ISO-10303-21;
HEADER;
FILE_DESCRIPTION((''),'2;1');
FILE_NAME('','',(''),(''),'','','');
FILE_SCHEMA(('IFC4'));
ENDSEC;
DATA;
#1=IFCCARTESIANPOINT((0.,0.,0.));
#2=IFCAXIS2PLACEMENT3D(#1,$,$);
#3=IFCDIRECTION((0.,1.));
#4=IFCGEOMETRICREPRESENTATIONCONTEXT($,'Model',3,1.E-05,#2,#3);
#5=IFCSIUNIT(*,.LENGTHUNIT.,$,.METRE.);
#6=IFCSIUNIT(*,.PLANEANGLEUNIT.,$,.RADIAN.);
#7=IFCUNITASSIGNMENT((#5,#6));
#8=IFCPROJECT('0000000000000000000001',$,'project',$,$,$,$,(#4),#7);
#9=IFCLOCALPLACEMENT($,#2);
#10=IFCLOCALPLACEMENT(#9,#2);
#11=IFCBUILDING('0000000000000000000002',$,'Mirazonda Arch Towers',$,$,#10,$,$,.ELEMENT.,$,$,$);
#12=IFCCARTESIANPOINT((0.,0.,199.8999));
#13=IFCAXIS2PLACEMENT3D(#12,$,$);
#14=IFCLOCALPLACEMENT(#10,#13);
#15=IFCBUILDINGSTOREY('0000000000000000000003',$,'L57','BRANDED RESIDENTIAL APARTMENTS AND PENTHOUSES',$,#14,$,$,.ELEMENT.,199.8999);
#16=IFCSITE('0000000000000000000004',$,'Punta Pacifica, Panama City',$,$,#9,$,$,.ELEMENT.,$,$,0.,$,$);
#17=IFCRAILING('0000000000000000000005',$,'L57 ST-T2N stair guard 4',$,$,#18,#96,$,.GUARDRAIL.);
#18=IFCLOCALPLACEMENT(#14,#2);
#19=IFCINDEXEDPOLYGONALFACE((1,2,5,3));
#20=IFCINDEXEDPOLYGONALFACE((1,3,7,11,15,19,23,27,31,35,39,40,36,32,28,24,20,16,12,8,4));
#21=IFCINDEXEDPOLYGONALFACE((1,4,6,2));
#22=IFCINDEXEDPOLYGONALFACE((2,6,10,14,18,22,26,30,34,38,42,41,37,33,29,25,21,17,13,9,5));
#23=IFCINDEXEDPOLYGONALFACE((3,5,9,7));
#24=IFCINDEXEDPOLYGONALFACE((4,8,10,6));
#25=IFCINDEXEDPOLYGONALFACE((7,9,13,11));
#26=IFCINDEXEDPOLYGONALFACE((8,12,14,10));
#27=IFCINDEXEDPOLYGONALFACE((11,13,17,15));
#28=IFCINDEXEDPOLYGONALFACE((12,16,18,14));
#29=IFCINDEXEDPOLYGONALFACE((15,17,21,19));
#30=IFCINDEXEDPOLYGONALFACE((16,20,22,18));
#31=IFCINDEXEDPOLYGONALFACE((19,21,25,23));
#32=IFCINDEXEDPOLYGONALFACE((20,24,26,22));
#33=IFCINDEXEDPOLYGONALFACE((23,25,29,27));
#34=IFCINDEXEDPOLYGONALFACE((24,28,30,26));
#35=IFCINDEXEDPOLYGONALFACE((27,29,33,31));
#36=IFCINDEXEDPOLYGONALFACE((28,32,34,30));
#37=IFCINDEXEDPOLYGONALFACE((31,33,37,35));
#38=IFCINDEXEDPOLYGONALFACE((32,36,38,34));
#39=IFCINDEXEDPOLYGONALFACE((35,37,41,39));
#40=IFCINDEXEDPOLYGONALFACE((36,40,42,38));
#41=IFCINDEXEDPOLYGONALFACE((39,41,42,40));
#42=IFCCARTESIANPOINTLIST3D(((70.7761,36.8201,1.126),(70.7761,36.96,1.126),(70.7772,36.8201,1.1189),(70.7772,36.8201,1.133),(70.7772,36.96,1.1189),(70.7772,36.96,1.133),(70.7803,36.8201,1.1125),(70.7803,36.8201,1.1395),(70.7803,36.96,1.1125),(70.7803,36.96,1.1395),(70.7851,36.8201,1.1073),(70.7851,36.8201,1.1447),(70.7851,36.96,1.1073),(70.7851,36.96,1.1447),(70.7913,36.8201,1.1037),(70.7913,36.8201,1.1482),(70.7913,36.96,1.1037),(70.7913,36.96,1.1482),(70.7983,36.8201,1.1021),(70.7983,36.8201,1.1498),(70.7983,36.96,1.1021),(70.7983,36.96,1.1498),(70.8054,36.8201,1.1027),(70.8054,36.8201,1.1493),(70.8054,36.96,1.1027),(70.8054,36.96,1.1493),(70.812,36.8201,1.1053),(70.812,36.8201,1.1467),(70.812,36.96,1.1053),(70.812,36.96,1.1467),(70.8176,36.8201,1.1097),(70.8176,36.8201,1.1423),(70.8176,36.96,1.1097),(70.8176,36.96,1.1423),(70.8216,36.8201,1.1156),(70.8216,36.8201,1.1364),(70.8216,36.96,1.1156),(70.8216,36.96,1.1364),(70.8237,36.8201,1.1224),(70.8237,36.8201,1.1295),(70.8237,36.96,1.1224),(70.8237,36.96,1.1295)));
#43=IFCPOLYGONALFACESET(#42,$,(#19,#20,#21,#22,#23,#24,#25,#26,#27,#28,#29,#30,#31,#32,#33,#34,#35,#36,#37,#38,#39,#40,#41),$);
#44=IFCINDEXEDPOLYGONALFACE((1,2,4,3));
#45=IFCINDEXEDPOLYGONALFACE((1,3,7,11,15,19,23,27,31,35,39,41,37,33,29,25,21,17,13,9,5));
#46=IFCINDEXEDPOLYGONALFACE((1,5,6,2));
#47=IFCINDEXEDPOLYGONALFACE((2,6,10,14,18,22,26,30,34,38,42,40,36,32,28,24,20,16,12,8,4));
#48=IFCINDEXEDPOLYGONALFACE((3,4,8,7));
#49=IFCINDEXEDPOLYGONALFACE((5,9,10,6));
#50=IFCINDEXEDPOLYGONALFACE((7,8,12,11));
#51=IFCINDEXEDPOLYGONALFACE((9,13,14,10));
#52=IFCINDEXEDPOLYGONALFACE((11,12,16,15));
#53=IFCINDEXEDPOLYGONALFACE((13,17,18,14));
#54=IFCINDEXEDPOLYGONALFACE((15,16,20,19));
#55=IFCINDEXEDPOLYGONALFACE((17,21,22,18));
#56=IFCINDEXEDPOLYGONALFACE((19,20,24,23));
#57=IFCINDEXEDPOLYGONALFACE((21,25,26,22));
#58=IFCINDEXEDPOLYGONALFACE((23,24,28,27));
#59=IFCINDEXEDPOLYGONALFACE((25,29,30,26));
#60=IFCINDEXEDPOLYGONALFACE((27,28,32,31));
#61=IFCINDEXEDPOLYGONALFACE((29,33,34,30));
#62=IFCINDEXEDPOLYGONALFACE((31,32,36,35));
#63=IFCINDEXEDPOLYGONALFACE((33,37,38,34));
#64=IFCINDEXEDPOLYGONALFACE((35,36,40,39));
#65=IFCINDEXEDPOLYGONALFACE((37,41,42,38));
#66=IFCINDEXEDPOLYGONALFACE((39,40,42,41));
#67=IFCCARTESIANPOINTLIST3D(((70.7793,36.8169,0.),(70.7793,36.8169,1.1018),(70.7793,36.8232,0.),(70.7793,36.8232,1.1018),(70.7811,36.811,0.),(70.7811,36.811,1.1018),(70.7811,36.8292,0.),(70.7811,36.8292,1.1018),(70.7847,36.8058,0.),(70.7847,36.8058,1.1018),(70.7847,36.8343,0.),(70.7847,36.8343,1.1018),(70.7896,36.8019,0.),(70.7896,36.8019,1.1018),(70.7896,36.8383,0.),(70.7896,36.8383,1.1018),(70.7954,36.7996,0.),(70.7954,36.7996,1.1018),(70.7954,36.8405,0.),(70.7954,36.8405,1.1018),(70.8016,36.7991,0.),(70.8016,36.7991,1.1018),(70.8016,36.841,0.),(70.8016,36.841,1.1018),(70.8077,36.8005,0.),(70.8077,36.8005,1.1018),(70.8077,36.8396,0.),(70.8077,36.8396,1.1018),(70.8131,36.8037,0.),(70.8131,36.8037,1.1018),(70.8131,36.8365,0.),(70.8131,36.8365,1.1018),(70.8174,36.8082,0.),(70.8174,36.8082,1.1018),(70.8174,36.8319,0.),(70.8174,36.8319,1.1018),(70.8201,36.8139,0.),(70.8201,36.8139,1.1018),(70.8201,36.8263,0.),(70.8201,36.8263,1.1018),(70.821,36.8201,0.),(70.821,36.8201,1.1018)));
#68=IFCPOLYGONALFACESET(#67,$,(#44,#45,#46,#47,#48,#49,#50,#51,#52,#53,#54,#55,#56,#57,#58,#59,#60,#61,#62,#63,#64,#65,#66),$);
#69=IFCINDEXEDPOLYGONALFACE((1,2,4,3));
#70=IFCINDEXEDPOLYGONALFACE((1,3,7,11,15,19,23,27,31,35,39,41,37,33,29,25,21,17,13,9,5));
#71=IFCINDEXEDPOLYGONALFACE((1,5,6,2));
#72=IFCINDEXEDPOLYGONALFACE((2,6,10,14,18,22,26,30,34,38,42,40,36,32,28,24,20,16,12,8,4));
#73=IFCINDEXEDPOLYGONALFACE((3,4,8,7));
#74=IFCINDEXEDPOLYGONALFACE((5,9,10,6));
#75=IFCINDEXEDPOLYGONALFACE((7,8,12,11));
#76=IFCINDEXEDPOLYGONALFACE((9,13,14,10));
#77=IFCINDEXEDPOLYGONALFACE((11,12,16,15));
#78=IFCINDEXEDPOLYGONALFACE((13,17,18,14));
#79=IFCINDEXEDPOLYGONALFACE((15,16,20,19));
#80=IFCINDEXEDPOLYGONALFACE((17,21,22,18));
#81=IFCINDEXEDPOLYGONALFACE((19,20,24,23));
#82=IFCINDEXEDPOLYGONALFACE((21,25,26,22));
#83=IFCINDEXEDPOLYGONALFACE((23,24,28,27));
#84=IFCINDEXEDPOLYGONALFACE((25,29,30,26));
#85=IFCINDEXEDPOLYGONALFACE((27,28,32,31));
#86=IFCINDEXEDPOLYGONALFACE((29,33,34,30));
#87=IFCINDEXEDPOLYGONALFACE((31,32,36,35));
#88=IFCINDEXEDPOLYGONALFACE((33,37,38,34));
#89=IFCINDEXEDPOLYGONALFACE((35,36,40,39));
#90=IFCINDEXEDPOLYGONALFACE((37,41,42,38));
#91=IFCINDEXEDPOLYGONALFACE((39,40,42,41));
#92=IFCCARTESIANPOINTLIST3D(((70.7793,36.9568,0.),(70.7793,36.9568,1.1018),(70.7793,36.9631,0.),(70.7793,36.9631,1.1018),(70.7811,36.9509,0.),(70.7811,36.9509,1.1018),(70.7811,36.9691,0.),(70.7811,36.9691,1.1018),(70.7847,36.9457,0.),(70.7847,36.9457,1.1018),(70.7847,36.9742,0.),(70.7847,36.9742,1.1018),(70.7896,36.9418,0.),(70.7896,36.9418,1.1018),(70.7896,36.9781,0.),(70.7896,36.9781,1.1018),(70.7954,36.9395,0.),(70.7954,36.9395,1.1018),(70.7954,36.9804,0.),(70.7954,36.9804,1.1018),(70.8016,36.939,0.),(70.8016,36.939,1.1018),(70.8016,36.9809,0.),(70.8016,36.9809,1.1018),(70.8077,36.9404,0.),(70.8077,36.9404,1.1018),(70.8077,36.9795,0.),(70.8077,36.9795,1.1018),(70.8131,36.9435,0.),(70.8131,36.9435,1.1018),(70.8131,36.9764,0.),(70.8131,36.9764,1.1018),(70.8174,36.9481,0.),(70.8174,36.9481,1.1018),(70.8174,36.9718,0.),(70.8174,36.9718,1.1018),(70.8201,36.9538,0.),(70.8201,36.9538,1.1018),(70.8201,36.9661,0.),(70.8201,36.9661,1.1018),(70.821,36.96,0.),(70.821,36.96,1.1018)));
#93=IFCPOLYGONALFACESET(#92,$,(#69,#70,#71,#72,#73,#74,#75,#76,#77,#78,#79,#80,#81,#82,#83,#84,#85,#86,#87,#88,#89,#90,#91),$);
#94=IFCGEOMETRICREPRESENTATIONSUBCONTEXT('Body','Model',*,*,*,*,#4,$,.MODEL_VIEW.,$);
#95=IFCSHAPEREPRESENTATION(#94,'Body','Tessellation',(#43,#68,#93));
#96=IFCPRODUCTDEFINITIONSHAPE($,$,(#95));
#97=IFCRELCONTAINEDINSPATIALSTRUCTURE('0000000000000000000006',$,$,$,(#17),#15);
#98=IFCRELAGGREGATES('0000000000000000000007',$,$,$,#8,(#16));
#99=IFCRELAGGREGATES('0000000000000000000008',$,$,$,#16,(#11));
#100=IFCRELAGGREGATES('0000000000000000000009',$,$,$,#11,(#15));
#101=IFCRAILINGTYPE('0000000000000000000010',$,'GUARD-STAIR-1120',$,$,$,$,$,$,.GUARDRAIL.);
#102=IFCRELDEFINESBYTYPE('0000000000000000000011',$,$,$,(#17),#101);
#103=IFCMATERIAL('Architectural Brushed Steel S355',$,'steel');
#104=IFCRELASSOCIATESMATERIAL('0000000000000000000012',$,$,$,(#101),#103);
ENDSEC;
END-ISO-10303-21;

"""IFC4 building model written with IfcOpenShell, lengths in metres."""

from ifc_helpers import new_model, si_unit, direction, frame, origin, origin_2d, place, context, subcontext, project, spatial, circle, extrude, material, type_object, element, save


model = new_model("IFC4")

# Units and contexts
model_context = context("Model", 3, precision=1e-05, world=origin(), true_north=direction((0.0, 1.0)))
body_context = subcontext(model_context, "Body", "Model", "MODEL_VIEW")
ifc_project = project(units=[si_unit("LENGTHUNIT", "METRE"), si_unit("PLANEANGLEUNIT", "RADIAN")], contexts=[model_context])

# Site, building, storey
site_placement = place(None, origin())
site = spatial("IfcSite", under=ifc_project, at=site_placement, Name="Punta Pacifica, Panama City", CompositionType="ELEMENT", RefElevation=0.0)
building_placement = place(site_placement, origin())
building = spatial("IfcBuilding", under=site, at=building_placement, Name="Mirazonda Arch Towers", CompositionType="ELEMENT")
storey_placement = place(building_placement, frame((0.0, 0.0, 199.8999)))
storey = spatial("IfcBuildingStorey", under=building, at=storey_placement, Name="L57", Description="BRANDED RESIDENTIAL APARTMENTS AND PENTHOUSES", CompositionType="ELEMENT", Elevation=199.8999)

# Railing
ifc_material_1 = material(Name="Architectural Brushed Steel S355", Category="steel")
railing_type_1 = type_object("IfcRailingType", Name="GUARD-STAIR-1120", PredefinedType="GUARDRAIL", material=ifc_material_1)
railing_1_placement = place(storey_placement, frame((70.8, 36.8201, 0.0)))
element("IfcRailing", 1, at=railing_1_placement, inside=storey, type_object=railing_type_1, Name="L57 ST-T2N stair guard 4", PredefinedType="GUARDRAIL", context=body_context, shape_type="SweptSolid", body=[
    extrude(circle(Radius=0.0239, at=origin_2d()), frame((0.0, 0.0, 1.126), z_axis=(0.0, 1.0, 0.0), x_axis=(-1.0, 0.0, 0.0)), (0.0, 0.0, 1.0), 0.1399),
    extrude(circle(Radius=0.021, at=origin_2d()), origin(), (0.0, 0.0, 1.0), 1.1018),
    extrude(circle(Radius=0.021, at=origin_2d()), frame((0.0, 0.1399, 0.0)), (0.0, 0.0, 1.0), 1.1018),
])

save(model, "model.ifc")
